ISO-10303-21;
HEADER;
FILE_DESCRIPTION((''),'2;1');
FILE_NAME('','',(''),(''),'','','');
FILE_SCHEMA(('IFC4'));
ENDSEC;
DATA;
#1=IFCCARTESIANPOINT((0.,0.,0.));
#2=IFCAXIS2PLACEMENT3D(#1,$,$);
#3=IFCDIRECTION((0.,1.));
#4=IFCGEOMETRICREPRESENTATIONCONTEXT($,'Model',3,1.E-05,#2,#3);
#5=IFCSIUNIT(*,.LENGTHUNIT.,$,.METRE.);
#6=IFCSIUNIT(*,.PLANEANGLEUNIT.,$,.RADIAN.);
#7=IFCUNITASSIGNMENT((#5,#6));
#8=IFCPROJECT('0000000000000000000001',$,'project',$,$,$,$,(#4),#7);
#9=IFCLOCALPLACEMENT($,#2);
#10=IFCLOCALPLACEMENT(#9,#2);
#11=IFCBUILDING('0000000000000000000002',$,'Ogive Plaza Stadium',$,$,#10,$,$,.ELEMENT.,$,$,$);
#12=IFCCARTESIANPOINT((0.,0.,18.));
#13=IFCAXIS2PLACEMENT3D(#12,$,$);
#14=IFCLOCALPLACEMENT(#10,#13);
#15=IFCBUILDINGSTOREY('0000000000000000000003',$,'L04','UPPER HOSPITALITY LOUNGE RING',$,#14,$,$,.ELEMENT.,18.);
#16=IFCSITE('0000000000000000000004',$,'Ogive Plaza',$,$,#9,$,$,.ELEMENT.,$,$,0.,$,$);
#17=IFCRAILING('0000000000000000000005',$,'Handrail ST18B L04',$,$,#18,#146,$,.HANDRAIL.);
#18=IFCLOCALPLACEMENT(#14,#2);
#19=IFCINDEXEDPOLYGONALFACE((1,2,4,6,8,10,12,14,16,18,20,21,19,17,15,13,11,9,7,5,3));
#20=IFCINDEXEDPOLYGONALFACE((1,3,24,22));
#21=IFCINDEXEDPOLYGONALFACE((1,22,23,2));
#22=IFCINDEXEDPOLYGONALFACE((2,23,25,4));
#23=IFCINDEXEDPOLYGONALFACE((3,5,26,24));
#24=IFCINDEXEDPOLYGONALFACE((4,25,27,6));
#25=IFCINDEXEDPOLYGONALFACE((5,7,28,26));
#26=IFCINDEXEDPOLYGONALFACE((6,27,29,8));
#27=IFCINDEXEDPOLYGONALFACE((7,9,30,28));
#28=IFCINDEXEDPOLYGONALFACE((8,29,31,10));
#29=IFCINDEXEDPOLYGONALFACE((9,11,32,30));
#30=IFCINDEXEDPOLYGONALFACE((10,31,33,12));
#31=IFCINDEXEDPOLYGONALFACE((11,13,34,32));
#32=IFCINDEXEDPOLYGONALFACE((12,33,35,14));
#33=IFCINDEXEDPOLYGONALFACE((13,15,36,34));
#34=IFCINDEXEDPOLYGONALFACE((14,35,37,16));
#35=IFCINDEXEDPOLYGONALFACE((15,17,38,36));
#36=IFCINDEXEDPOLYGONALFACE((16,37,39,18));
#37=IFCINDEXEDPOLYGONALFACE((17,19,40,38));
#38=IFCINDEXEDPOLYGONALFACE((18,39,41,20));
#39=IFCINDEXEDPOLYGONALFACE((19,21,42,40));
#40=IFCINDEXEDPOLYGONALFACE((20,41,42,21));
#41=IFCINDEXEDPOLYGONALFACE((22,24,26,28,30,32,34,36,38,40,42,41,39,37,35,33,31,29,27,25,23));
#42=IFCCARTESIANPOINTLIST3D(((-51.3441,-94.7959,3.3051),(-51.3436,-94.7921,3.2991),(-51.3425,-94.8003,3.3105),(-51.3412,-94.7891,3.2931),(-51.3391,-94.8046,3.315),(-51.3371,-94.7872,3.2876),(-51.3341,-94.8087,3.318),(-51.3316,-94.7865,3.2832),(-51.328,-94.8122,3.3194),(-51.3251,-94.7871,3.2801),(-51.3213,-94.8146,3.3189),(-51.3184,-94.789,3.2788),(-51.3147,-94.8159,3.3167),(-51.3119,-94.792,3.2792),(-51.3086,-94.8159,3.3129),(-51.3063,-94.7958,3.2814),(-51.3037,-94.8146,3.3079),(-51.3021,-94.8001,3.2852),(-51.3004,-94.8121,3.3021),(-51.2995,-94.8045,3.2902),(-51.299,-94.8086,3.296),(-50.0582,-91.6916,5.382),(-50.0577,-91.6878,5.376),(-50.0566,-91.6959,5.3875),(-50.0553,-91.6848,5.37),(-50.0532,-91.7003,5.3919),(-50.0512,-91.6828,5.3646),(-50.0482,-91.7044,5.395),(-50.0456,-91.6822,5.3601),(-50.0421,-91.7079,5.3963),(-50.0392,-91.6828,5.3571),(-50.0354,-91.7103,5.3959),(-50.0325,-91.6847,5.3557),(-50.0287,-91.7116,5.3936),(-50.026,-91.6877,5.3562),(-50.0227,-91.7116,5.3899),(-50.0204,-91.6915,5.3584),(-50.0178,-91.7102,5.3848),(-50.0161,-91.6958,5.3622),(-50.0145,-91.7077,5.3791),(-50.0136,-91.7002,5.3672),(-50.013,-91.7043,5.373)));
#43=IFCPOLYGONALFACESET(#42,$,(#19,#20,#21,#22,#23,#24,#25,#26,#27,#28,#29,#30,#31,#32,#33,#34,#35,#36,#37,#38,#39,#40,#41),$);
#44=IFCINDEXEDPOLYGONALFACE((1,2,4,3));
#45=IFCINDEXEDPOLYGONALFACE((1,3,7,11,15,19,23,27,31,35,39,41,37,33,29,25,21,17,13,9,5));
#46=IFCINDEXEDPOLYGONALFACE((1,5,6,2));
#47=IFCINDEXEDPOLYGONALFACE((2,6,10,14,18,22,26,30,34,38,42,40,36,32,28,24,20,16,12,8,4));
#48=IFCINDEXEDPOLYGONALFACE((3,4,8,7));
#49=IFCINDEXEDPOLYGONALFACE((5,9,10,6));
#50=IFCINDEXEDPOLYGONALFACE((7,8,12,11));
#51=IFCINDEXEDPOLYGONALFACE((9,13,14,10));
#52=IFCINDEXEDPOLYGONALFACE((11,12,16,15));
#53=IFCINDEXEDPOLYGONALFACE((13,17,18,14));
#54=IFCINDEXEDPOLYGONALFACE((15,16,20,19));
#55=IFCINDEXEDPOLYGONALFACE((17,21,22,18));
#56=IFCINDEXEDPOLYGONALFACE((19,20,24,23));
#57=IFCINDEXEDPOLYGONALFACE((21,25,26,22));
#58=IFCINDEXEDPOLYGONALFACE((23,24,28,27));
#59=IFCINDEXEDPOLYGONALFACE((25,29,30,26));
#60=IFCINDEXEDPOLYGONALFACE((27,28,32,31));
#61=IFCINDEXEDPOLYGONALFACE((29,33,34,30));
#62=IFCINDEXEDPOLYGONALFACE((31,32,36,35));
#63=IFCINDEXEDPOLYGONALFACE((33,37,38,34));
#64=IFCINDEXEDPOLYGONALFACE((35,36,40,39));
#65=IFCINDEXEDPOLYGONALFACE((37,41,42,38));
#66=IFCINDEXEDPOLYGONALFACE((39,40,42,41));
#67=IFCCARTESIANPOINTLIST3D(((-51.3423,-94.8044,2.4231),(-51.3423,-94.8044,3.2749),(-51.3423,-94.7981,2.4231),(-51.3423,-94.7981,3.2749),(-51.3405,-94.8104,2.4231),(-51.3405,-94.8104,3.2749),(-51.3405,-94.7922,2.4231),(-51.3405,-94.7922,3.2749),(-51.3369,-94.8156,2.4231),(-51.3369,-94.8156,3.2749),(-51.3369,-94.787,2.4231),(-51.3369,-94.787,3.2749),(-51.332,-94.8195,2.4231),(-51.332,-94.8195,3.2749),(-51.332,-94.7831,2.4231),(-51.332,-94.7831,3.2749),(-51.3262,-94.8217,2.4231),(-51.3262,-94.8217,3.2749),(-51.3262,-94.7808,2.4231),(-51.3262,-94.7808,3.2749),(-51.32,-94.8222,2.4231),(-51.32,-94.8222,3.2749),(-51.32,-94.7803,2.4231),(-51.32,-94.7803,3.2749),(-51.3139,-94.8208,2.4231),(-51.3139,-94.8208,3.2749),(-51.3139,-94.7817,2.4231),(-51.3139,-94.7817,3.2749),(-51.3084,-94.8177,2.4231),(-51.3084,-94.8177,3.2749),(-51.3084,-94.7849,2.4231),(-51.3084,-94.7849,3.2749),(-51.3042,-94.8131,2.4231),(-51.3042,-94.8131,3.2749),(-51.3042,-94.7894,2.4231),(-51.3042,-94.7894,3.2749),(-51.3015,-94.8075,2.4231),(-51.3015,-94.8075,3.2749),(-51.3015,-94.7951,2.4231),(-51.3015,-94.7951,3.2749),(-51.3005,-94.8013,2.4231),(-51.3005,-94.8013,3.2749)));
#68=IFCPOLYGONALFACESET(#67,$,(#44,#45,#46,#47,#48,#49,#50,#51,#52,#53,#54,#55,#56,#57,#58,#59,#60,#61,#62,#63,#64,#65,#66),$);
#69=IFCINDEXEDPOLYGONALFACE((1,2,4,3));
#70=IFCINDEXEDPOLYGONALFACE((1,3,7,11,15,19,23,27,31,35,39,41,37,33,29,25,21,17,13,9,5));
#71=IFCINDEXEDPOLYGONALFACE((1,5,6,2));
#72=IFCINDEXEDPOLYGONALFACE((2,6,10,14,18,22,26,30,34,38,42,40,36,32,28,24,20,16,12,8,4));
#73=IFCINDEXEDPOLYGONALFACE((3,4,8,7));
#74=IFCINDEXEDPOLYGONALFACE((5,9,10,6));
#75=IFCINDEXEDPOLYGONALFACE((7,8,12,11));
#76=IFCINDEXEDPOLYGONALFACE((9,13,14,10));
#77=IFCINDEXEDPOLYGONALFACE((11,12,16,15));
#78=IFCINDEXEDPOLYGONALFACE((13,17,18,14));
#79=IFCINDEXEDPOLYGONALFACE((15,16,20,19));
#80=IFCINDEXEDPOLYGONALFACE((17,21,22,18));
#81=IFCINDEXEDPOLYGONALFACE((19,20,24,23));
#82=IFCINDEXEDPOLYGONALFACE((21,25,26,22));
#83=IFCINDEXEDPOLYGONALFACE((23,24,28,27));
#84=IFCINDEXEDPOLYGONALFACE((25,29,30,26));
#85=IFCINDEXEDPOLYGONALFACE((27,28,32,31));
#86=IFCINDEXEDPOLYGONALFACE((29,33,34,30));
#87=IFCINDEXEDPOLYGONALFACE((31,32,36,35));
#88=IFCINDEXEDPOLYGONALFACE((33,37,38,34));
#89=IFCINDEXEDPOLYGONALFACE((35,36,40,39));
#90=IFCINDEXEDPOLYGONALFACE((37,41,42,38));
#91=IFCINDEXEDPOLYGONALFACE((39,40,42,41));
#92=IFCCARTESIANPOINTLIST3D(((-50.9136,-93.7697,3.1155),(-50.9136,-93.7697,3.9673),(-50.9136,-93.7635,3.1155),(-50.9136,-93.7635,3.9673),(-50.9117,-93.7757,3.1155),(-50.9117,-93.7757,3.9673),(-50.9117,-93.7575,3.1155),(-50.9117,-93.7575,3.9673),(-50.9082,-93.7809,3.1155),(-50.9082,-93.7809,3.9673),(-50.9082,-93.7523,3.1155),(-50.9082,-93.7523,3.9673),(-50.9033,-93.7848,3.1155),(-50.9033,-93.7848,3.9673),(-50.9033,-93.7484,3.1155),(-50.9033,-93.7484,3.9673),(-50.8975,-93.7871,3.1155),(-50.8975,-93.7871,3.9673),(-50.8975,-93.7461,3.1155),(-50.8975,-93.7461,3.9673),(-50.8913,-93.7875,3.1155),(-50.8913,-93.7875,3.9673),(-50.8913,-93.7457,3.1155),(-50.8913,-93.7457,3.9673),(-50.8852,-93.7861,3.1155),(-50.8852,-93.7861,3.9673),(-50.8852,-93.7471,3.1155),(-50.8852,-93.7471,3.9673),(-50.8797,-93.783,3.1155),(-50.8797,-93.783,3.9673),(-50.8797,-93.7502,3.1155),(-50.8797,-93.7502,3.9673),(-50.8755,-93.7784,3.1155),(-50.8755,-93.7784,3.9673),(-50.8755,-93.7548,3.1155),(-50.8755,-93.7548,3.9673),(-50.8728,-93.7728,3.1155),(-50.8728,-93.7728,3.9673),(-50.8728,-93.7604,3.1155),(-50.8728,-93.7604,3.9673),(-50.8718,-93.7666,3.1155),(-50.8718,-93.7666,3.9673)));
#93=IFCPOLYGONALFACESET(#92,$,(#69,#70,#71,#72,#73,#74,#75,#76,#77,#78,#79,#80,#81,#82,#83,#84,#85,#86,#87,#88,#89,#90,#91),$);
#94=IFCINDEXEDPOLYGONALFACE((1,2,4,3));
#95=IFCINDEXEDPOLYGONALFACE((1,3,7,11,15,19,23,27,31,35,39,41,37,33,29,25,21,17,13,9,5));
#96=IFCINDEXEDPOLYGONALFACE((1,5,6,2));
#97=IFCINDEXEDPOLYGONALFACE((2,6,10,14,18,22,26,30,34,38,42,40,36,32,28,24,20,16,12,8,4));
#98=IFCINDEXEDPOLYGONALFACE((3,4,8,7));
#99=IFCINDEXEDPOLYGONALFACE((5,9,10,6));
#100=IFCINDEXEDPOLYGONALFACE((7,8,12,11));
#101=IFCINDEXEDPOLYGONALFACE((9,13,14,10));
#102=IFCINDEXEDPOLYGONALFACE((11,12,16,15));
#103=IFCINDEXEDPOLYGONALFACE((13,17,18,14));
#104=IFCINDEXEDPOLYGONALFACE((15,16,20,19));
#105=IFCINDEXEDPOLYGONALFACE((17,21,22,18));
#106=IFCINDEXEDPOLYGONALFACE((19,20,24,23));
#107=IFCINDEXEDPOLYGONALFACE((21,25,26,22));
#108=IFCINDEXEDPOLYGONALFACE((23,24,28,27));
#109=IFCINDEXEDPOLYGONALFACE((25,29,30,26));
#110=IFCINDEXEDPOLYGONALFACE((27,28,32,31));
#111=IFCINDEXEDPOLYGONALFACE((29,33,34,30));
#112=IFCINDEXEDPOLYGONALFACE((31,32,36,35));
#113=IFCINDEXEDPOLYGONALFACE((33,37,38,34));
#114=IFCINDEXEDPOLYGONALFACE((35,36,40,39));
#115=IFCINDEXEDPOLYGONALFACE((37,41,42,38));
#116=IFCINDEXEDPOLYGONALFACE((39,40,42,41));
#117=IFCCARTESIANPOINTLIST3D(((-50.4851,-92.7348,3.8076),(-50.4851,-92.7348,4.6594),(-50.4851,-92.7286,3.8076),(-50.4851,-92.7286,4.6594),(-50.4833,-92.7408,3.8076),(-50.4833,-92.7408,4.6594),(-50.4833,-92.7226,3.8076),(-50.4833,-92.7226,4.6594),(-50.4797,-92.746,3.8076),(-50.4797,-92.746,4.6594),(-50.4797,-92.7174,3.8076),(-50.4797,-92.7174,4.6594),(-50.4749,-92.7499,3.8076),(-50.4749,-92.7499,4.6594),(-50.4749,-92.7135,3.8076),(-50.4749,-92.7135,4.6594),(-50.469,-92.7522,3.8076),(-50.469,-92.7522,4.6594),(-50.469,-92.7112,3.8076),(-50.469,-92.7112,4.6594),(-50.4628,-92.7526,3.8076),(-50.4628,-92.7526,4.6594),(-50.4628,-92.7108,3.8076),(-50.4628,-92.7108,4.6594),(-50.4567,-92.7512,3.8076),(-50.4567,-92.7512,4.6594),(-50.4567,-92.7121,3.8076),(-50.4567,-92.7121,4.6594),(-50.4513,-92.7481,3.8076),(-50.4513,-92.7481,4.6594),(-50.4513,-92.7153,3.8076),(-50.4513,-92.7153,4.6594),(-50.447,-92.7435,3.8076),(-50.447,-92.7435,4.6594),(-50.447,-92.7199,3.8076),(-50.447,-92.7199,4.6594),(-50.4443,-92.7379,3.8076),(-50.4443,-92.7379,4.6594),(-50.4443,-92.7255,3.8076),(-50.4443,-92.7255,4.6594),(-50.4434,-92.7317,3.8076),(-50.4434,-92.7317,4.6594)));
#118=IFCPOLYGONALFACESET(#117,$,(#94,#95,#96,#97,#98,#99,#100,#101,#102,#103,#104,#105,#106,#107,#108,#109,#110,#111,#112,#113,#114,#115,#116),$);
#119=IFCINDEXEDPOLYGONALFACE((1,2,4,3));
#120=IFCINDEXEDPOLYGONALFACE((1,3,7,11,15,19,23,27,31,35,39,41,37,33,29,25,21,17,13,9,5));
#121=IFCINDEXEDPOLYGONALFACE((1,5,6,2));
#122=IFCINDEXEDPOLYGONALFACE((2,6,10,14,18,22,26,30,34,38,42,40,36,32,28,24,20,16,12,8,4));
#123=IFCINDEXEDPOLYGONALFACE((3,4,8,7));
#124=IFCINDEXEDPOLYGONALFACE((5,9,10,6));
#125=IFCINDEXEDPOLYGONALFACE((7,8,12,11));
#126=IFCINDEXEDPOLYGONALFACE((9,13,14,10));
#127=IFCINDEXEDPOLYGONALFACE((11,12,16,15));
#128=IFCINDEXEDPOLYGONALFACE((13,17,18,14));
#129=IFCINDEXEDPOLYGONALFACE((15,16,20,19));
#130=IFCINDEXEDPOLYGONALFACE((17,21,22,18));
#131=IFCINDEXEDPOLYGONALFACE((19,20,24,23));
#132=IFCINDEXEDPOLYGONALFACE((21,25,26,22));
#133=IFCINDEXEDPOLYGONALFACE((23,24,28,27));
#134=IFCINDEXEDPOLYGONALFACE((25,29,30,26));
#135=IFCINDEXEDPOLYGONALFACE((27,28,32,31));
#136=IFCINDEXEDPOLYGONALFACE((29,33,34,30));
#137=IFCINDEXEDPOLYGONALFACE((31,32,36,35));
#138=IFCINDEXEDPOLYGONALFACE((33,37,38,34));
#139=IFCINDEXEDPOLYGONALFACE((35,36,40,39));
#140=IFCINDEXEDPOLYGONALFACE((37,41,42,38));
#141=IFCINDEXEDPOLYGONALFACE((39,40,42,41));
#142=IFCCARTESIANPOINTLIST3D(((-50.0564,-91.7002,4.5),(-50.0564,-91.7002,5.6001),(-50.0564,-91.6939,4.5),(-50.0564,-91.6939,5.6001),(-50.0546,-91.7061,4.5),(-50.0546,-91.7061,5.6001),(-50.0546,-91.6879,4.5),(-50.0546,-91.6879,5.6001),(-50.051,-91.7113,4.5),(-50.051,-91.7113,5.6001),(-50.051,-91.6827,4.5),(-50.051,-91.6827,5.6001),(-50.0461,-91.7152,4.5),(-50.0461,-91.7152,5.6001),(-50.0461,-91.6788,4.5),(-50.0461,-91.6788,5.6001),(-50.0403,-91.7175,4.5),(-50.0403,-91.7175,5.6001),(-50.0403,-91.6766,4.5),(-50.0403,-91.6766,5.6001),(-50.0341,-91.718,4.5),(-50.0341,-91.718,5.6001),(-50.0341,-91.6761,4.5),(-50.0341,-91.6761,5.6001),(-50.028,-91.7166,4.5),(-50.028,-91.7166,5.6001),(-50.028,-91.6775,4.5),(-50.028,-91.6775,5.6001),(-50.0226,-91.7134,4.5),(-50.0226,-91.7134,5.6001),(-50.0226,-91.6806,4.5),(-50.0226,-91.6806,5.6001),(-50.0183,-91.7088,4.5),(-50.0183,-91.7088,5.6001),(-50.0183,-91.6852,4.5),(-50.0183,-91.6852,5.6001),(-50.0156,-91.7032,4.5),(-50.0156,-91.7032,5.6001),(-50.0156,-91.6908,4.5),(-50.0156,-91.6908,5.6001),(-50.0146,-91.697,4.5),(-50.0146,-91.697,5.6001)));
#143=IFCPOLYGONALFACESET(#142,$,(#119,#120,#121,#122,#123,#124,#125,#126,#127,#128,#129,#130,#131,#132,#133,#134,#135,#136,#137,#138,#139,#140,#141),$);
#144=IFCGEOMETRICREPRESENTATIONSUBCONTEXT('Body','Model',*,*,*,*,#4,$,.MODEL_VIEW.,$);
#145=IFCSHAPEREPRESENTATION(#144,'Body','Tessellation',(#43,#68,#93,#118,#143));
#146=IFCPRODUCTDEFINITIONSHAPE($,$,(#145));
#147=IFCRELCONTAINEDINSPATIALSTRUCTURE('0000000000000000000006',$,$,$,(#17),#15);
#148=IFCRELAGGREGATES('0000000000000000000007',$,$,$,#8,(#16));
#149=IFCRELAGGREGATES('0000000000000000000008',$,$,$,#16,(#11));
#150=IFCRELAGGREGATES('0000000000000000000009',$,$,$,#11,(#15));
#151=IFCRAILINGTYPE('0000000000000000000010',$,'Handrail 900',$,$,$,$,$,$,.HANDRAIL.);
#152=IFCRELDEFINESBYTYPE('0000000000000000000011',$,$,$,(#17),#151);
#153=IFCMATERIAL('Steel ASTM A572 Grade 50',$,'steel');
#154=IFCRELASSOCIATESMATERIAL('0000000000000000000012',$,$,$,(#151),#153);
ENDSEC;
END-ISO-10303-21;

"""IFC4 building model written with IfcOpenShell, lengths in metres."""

from ifc_helpers import new_model, si_unit, direction, frame, origin, origin_2d, place, context, subcontext, project, spatial, circle, extrude, material, type_object, element, save


model = new_model("IFC4")

# Units and contexts
model_context = context("Model", 3, precision=1e-05, world=origin(), true_north=direction((0.0, 1.0)))
body_context = subcontext(model_context, "Body", "Model", "MODEL_VIEW")
ifc_project = project(units=[si_unit("LENGTHUNIT", "METRE"), si_unit("PLANEANGLEUNIT", "RADIAN")], contexts=[model_context])

# Site, building, storey
site_placement = place(None, origin())
site = spatial("IfcSite", under=ifc_project, at=site_placement, Name="Ogive Plaza", CompositionType="ELEMENT", RefElevation=0.0)
building_placement = place(site_placement, origin())
building = spatial("IfcBuilding", under=site, at=building_placement, Name="Ogive Plaza Stadium", CompositionType="ELEMENT")
storey_placement = place(building_placement, frame((0.0, 0.0, 18.0)))
storey = spatial("IfcBuildingStorey", under=building, at=storey_placement, Name="L04", Description="UPPER HOSPITALITY LOUNGE RING", CompositionType="ELEMENT", Elevation=18.0)

# Railing
ifc_material_1 = material(Name="Steel ASTM A572 Grade 50", Category="steel")
railing_type_1 = type_object("IfcRailingType", Name="Handrail 900", PredefinedType="HANDRAIL", material=ifc_material_1)
railing_1_placement = place(storey_placement, frame((-51.3215, -94.8013, 2.4231)))
element("IfcRailing", 1, at=railing_1_placement, inside=storey, type_object=railing_type_1, Name="Handrail ST18B L04", PredefinedType="HANDRAIL", context=body_context, shape_type="SweptSolid", body=[
    extrude(circle(Radius=0.0239, at=origin_2d()), frame((0.0, 0.0, 0.876), z_axis=(0.325532, 0.785863, 0.525783), x_axis=(-0.923872, 0.3827, 0.0)), (0.0, 0.0, 1.0), 3.9502),
    extrude(circle(Radius=0.021, at=origin_2d()), origin(), (0.0, 0.0, 1.0), 0.8518),
    extrude(circle(Radius=0.021, at=origin_2d()), frame((0.4287, 1.0347, 0.6924)), (0.0, 0.0, 1.0), 0.8518),
    extrude(circle(Radius=0.021, at=origin_2d()), frame((0.8572, 2.0696, 1.3845)), (0.0, 0.0, 1.0), 0.8518),
    extrude(circle(Radius=0.021, at=origin_2d()), frame((1.2859, 3.1042, 2.0769)), (0.0, 0.0, 1.0), 1.1001),
])

save(model, "model.ifc")
